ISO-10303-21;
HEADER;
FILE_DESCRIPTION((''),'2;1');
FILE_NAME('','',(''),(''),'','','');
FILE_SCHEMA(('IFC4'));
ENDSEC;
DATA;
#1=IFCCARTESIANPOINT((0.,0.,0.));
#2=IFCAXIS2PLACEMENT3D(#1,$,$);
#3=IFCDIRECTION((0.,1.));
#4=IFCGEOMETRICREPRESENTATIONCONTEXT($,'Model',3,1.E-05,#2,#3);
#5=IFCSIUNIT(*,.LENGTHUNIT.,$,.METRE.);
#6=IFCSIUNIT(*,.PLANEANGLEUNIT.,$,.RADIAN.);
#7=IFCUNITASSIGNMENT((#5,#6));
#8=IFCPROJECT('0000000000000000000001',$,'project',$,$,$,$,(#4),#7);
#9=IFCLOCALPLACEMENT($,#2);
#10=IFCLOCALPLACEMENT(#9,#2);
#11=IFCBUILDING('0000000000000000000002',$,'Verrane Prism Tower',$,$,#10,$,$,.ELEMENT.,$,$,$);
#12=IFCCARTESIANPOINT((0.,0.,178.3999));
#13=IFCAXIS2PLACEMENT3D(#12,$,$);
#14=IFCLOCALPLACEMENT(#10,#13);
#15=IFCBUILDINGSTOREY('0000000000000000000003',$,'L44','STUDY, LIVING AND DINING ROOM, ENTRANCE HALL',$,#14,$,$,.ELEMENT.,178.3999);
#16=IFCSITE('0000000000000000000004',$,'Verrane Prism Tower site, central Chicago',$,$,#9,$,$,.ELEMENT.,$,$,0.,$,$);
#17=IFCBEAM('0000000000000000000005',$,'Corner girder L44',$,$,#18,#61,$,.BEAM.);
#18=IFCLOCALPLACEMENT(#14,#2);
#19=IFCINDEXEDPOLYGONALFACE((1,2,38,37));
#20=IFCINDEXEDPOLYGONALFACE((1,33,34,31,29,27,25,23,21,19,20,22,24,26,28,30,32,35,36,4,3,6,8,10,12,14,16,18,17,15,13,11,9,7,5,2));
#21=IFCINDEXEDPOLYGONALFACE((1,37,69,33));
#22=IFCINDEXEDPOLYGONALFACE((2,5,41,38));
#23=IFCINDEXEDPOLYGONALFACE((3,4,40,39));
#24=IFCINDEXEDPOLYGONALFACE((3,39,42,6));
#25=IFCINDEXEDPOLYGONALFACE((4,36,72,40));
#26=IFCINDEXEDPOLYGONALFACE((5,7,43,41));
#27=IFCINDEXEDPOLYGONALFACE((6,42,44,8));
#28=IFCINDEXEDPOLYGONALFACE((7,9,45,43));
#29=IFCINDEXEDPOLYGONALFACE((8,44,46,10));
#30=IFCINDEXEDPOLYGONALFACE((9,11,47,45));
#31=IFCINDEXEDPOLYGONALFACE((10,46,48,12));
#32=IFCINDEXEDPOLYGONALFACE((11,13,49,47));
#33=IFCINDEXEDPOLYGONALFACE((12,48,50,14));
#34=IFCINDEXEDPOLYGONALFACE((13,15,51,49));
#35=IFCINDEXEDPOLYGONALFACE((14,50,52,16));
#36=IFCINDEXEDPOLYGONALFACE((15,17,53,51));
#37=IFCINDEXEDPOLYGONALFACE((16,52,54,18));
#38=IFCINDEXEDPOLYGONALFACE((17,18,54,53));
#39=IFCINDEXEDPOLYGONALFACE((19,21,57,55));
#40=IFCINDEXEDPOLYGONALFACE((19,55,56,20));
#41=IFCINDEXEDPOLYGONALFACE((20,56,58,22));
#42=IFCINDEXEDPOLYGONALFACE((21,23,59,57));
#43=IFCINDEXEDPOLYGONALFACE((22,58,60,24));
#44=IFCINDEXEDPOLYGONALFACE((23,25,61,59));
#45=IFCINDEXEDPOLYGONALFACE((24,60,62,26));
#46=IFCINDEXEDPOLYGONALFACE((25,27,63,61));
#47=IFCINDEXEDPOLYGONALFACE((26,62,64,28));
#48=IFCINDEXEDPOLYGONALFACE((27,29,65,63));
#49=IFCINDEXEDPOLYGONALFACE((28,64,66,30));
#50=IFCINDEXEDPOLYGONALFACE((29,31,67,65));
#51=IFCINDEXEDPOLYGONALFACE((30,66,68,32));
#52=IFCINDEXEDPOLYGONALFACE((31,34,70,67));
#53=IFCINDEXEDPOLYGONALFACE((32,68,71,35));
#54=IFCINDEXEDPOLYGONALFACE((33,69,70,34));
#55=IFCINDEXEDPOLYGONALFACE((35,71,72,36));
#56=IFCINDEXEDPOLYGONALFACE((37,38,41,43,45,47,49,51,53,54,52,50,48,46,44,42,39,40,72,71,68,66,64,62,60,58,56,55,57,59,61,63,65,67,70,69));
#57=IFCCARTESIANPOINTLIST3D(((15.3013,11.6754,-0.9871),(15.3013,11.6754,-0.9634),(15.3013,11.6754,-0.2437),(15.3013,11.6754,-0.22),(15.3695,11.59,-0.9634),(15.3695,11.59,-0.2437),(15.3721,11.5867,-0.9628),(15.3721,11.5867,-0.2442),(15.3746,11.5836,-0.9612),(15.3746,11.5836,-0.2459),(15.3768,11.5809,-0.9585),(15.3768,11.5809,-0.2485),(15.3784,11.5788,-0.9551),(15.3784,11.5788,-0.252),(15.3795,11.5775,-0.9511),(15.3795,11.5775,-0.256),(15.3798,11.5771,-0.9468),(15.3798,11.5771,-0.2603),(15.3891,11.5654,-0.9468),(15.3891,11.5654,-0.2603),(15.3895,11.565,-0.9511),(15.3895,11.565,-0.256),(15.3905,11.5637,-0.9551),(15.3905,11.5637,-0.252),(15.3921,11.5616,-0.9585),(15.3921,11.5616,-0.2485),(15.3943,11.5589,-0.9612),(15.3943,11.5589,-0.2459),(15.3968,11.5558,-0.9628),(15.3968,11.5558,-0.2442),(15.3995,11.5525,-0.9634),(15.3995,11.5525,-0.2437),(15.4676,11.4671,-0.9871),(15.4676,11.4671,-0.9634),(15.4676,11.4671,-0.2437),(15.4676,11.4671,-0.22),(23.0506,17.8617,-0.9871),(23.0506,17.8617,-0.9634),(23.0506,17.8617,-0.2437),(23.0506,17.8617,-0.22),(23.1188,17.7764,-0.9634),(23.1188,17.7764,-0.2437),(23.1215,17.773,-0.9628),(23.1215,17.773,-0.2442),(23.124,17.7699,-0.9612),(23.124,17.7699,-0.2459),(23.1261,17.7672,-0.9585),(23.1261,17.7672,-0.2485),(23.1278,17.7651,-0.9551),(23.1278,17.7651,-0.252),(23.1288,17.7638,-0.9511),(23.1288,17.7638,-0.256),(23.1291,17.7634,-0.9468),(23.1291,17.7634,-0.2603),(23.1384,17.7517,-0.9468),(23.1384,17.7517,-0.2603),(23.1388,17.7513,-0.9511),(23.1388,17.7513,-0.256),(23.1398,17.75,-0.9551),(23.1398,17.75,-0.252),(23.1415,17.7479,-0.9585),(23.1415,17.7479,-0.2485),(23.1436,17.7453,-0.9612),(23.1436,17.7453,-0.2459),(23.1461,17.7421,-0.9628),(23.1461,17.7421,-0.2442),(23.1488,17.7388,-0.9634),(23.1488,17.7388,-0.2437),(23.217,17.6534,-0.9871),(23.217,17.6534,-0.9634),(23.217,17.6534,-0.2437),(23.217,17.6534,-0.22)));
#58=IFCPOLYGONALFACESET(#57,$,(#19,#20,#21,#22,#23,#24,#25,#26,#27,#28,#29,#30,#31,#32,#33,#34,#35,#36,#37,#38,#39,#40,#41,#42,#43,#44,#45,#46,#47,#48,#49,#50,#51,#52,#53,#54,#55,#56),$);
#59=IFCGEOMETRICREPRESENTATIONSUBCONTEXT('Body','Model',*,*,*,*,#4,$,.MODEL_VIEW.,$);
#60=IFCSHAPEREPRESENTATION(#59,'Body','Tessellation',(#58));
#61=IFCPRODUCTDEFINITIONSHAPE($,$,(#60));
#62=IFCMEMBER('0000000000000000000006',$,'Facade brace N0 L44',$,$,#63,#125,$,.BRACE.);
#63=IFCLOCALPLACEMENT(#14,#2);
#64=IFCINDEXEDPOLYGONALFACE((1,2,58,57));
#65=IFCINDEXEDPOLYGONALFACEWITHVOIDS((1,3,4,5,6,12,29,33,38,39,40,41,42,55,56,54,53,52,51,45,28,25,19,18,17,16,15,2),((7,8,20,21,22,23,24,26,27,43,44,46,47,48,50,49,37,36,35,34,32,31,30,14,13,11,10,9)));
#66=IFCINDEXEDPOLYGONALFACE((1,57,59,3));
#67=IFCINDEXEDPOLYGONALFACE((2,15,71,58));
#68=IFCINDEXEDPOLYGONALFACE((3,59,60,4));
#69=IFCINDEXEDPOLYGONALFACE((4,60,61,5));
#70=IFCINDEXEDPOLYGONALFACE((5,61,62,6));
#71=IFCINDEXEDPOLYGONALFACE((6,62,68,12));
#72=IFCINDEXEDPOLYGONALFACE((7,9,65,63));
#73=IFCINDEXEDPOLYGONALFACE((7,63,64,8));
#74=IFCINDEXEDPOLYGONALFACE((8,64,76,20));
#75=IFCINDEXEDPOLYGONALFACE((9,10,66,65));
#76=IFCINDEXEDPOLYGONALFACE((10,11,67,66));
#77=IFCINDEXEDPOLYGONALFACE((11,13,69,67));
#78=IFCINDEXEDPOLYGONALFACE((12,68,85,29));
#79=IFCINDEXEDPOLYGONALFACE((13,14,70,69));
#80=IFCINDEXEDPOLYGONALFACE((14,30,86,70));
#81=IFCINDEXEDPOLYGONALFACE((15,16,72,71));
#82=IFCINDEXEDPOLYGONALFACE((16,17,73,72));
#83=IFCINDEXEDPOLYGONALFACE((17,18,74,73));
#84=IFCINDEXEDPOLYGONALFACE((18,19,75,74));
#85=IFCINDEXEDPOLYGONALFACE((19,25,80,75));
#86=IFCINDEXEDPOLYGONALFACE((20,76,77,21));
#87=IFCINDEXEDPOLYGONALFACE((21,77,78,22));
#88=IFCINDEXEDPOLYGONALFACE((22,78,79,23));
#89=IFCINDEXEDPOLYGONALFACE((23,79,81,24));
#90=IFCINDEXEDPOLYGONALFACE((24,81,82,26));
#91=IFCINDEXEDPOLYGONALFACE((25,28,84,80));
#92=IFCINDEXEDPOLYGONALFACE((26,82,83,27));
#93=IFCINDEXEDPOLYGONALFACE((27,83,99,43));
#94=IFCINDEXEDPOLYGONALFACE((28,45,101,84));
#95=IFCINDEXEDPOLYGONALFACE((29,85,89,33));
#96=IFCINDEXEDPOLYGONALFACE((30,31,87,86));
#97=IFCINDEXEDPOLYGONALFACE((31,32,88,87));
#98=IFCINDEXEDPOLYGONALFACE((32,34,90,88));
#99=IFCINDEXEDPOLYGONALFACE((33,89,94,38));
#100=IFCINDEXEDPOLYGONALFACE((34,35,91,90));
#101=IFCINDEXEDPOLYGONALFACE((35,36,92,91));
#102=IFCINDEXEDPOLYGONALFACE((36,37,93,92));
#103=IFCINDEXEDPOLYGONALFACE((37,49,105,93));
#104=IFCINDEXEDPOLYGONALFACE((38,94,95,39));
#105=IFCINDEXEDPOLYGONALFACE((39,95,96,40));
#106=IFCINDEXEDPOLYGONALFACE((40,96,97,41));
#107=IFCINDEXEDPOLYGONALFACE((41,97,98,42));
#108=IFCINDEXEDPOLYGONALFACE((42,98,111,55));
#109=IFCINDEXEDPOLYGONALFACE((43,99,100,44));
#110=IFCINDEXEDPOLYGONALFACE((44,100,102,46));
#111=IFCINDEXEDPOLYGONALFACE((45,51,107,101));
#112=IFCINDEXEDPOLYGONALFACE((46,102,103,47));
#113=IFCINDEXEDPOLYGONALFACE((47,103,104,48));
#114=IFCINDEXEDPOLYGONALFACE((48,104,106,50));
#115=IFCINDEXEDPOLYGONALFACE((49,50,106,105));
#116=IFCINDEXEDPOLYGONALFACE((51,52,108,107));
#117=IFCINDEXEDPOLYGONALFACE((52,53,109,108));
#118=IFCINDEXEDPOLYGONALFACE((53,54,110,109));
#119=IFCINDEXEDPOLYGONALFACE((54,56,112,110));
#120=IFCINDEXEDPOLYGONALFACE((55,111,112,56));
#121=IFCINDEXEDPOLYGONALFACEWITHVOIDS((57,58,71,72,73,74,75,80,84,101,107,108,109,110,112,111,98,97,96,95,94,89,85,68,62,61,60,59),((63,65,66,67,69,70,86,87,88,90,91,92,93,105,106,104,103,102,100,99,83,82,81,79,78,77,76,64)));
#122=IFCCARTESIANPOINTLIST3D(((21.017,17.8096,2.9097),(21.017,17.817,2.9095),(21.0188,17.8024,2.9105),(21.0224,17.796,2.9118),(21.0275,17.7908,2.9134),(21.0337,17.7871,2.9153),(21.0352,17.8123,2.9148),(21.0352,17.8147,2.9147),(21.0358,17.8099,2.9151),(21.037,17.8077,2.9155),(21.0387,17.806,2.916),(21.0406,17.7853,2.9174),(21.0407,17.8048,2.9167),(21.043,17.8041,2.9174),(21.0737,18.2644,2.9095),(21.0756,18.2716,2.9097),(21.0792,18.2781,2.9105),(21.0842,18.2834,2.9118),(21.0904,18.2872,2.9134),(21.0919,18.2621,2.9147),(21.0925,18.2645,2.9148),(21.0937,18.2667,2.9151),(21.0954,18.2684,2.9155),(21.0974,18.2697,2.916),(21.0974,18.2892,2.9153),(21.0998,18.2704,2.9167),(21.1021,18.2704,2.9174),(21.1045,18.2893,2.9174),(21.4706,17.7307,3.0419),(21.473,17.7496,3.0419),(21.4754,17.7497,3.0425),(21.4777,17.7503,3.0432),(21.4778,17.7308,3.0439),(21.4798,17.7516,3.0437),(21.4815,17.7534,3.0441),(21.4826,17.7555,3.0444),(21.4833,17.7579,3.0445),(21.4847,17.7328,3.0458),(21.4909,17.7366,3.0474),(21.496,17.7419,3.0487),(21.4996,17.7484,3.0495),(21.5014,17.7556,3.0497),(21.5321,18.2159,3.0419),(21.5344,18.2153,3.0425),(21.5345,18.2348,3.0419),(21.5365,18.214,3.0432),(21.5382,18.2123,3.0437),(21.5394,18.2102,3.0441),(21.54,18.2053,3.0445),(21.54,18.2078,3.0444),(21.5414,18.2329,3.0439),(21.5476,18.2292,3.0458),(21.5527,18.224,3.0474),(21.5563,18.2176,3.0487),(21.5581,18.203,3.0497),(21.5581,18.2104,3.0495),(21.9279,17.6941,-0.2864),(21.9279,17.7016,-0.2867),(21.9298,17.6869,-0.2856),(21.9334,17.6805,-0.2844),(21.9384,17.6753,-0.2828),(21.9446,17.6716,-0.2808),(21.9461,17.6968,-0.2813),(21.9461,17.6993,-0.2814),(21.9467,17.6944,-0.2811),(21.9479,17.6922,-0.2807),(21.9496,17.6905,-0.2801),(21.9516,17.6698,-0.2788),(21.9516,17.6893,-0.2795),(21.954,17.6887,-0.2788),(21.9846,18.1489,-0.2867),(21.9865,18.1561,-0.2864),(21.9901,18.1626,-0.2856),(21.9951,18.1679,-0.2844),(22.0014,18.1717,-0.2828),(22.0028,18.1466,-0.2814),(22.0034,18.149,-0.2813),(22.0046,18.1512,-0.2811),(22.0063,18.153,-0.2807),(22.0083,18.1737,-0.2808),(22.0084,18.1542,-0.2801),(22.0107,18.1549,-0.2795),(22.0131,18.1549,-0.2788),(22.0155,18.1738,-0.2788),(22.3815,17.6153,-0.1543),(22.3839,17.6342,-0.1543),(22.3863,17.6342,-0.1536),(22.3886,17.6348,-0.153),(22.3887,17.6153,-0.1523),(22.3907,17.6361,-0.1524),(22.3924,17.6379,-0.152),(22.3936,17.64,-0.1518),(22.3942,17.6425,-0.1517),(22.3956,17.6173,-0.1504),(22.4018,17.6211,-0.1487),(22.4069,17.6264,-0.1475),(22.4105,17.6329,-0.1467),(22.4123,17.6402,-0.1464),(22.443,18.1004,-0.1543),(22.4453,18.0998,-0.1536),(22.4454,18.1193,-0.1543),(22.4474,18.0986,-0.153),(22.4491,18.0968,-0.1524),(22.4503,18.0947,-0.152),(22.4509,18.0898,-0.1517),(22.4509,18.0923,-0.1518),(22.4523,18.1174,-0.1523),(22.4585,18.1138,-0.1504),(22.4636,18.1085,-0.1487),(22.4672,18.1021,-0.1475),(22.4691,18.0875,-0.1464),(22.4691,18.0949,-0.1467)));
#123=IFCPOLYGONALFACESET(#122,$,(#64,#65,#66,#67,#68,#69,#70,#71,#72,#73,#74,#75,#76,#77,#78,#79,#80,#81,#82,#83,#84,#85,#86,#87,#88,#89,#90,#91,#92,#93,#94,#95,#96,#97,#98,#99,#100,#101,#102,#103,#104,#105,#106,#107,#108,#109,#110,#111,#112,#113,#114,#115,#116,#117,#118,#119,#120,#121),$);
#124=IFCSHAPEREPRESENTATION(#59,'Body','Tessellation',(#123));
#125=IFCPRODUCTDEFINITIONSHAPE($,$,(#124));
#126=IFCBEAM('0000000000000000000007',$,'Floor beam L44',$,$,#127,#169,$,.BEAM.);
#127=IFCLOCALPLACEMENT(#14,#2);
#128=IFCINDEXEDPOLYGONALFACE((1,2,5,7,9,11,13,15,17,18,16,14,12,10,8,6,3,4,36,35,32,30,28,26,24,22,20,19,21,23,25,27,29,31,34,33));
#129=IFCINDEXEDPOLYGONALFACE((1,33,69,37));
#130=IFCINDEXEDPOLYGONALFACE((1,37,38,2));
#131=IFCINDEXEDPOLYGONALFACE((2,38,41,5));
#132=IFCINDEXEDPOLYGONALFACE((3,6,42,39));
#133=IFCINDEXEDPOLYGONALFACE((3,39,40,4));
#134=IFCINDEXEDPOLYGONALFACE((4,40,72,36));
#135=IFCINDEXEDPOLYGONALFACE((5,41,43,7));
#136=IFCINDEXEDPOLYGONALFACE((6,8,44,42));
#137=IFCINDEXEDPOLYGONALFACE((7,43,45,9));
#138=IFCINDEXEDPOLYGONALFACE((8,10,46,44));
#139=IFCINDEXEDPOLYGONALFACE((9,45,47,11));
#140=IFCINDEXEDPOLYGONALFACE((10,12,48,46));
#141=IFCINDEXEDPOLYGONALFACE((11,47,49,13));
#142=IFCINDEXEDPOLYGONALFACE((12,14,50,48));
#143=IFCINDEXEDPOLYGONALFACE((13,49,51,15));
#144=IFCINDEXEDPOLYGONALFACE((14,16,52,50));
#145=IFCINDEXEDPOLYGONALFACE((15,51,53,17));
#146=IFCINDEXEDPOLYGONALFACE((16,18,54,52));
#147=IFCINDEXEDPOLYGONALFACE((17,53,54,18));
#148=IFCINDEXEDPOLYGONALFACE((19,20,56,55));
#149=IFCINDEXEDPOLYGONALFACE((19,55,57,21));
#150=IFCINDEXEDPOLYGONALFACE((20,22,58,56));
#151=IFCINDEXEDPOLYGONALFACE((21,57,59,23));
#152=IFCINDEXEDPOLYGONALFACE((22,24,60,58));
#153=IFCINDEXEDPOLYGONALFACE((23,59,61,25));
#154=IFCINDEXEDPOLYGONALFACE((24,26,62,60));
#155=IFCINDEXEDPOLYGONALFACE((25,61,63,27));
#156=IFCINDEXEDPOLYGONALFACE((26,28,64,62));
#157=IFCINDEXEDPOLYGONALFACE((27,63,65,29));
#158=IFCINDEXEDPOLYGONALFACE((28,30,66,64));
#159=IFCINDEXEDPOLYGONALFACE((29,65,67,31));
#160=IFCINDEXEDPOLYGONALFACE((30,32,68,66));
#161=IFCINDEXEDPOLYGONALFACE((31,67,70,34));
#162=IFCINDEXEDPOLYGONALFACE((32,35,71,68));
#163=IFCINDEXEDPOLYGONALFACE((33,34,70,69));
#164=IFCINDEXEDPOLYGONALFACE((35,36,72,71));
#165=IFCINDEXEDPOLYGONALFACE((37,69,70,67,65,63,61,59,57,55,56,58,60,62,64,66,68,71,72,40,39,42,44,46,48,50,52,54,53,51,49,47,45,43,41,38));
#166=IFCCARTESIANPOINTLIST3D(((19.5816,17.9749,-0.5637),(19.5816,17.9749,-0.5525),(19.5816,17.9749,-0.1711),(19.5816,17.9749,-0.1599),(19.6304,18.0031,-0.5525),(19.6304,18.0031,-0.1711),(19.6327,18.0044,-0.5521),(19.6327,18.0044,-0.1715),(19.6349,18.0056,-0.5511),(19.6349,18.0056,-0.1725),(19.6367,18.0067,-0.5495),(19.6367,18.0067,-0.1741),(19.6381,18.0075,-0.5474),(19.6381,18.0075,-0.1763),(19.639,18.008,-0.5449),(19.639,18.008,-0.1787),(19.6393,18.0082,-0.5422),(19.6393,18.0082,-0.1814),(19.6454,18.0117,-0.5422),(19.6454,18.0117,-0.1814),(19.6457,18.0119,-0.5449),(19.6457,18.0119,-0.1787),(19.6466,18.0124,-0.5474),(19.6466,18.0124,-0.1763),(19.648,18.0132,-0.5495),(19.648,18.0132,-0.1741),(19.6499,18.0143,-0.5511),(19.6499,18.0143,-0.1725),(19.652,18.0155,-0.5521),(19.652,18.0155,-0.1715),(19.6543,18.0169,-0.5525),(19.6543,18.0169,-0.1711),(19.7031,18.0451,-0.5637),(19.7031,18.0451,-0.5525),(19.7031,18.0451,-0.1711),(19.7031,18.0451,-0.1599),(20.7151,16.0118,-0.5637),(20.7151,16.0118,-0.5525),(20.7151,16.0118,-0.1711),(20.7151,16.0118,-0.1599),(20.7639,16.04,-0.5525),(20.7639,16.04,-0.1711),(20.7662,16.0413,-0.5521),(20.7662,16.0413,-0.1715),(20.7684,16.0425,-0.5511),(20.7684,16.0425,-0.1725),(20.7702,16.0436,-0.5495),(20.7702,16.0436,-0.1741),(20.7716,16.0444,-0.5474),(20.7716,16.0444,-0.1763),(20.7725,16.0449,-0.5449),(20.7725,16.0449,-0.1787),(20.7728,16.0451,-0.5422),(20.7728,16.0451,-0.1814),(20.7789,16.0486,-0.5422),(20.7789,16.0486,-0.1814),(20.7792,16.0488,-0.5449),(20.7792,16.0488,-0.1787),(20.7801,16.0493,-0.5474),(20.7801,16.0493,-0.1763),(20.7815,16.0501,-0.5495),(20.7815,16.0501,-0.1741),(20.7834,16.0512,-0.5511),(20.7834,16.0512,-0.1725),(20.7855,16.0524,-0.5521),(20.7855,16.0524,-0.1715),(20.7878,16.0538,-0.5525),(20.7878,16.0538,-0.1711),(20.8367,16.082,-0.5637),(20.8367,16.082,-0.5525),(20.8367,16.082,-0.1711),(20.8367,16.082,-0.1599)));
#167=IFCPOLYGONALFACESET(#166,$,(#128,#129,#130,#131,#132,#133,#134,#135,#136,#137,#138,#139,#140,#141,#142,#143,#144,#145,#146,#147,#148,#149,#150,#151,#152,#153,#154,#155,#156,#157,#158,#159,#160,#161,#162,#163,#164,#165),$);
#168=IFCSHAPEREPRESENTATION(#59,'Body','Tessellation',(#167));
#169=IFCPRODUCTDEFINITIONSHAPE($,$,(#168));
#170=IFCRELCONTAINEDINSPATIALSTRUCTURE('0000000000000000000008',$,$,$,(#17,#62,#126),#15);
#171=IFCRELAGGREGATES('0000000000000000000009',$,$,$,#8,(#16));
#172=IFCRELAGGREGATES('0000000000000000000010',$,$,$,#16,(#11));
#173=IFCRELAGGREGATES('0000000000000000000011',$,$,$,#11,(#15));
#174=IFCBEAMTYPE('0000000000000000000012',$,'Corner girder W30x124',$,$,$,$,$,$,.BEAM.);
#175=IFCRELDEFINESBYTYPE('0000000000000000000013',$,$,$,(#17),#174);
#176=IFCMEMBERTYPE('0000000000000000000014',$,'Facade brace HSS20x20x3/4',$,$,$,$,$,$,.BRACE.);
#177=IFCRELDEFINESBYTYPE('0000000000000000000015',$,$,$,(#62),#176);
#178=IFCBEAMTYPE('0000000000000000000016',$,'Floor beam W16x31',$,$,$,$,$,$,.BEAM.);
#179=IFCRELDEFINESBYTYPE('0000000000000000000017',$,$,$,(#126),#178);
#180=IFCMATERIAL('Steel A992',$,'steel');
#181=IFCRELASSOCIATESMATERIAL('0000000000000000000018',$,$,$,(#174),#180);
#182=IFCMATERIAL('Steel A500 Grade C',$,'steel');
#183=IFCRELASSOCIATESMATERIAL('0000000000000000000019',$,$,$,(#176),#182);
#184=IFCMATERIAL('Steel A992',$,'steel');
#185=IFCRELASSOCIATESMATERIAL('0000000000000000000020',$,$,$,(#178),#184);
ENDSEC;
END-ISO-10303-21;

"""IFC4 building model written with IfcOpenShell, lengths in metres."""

from ifc_helpers import new_model, si_unit, direction, frame, origin, origin_2d, place, context, subcontext, project, spatial, hollow_rectangle, i_section, extrude, material, material_profile, profile_set, type_object, element, save


model = new_model("IFC4")

# Units and contexts
model_context = context("Model", 3, precision=1e-05, world=origin(), true_north=direction((0.0, 1.0)))
body_context = subcontext(model_context, "Body", "Model", "MODEL_VIEW")
ifc_project = project(units=[si_unit("LENGTHUNIT", "METRE"), si_unit("PLANEANGLEUNIT", "RADIAN")], contexts=[model_context])

# Site, building, storey
site_placement = place(None, origin())
site = spatial("IfcSite", under=ifc_project, at=site_placement, Name="Verrane Prism Tower site, central Chicago", CompositionType="ELEMENT", RefElevation=0.0)
building_placement = place(site_placement, origin())
building = spatial("IfcBuilding", under=site, at=building_placement, Name="Verrane Prism Tower", CompositionType="ELEMENT")
storey_placement = place(building_placement, frame((0.0, 0.0, 178.3999)))
storey = spatial("IfcBuildingStorey", under=building, at=storey_placement, Name="L44", Description="STUDY, LIVING AND DINING ROOM, ENTRANCE HALL", CompositionType="ELEMENT", Elevation=178.3999)

# Beam
ifc_material_1 = material(Name="Steel A992", Category="steel")
ifc_material_profile_1 = material_profile(ifc_material_1, i_section(OverallWidth=0.2666, OverallDepth=0.7671, WebThickness=0.0149, FlangeThickness=0.0237, FilletRadius=0.0166, at=origin_2d()), Name="W30x124")
ifc_profile_set_1 = profile_set([ifc_material_profile_1], Name="Steel A992")
beam_type_1 = type_object("IfcBeamType", Name="Corner girder W30x124", PredefinedType="BEAM", material=ifc_profile_set_1)
beam_1_placement = place(storey_placement, frame((23.1338, 17.7576, -0.6035), z_axis=(-0.781515, -0.623887, 0.0), x_axis=(0.623887, -0.781515, 0.0)))
element("IfcBeam", 1, at=beam_1_placement, inside=storey, type_object=beam_type_1, Name="Corner girder L44", PredefinedType="BEAM", context=body_context, shape_type="SweptSolid", body=[
    extrude(i_section(OverallWidth=0.2666, OverallDepth=0.7671, WebThickness=0.0149, FlangeThickness=0.0237, FilletRadius=0.0166, at=origin_2d()), origin(), (0.0, 0.0, 1.0), 9.9158),
])

# Member
ifc_material_2 = material(Name="Steel A500 Grade C", Category="steel")
ifc_material_profile_2 = material_profile(ifc_material_2, hollow_rectangle(XDim=0.5081, YDim=0.5081, WallThickness=0.019, InnerFilletRadius=0.0095, OuterFilletRadius=0.0286, at=origin_2d()), Name="HSS20x20x3/4")
ifc_profile_set_2 = profile_set([ifc_material_profile_2], Name="Steel A500 Grade C")
member_type_1 = type_object("IfcMemberType", Name="Facade brace HSS20x20x3/4", PredefinedType="BRACE", material=ifc_profile_set_2)
member_1_placement = place(storey_placement, frame((22.1985, 17.8945, -0.2166), z_axis=(-0.273925, 0.034727, 0.961124), x_axis=(-0.125769, -0.99206, 0.0)))
element("IfcMember", 2, at=member_1_placement, inside=storey, type_object=member_type_1, Name="Facade brace N0 L44", PredefinedType="BRACE", context=body_context, shape_type="SweptSolid", body=[
    extrude(hollow_rectangle(XDim=0.5081, YDim=0.5081, WallThickness=0.019, InnerFilletRadius=0.0095, OuterFilletRadius=0.0286, at=origin_2d()), origin(), (0.0, 0.0, 1.0), 3.3254),
])

# Beam
ifc_material_3 = material(Name="Steel A992", Category="steel")
ifc_material_profile_3 = material_profile(ifc_material_3, i_section(OverallWidth=0.1404, OverallDepth=0.4038, WebThickness=0.0071, FlangeThickness=0.0112, FilletRadius=0.0103, at=origin_2d()), Name="W16x31")
ifc_profile_set_3 = profile_set([ifc_material_profile_3], Name="Steel A992")
beam_type_2 = type_object("IfcBeamType", Name="Floor beam W16x31", PredefinedType="BEAM", material=ifc_profile_set_3)
beam_2_placement = place(storey_placement, frame((20.7759, 16.0469, -0.3618), z_axis=(-0.500043, 0.866001, 0.0), x_axis=(-0.866001, -0.500043, 0.0)))
element("IfcBeam", 3, at=beam_2_placement, inside=storey, type_object=beam_type_2, Name="Floor beam L44", PredefinedType="BEAM", context=body_context, shape_type="SweptSolid", body=[
    extrude(i_section(OverallWidth=0.1404, OverallDepth=0.4038, WebThickness=0.0071, FlangeThickness=0.0112, FilletRadius=0.0103, at=origin_2d()), origin(), (0.0, 0.0, 1.0), 2.2668),
])

save(model, "model.ifc")
